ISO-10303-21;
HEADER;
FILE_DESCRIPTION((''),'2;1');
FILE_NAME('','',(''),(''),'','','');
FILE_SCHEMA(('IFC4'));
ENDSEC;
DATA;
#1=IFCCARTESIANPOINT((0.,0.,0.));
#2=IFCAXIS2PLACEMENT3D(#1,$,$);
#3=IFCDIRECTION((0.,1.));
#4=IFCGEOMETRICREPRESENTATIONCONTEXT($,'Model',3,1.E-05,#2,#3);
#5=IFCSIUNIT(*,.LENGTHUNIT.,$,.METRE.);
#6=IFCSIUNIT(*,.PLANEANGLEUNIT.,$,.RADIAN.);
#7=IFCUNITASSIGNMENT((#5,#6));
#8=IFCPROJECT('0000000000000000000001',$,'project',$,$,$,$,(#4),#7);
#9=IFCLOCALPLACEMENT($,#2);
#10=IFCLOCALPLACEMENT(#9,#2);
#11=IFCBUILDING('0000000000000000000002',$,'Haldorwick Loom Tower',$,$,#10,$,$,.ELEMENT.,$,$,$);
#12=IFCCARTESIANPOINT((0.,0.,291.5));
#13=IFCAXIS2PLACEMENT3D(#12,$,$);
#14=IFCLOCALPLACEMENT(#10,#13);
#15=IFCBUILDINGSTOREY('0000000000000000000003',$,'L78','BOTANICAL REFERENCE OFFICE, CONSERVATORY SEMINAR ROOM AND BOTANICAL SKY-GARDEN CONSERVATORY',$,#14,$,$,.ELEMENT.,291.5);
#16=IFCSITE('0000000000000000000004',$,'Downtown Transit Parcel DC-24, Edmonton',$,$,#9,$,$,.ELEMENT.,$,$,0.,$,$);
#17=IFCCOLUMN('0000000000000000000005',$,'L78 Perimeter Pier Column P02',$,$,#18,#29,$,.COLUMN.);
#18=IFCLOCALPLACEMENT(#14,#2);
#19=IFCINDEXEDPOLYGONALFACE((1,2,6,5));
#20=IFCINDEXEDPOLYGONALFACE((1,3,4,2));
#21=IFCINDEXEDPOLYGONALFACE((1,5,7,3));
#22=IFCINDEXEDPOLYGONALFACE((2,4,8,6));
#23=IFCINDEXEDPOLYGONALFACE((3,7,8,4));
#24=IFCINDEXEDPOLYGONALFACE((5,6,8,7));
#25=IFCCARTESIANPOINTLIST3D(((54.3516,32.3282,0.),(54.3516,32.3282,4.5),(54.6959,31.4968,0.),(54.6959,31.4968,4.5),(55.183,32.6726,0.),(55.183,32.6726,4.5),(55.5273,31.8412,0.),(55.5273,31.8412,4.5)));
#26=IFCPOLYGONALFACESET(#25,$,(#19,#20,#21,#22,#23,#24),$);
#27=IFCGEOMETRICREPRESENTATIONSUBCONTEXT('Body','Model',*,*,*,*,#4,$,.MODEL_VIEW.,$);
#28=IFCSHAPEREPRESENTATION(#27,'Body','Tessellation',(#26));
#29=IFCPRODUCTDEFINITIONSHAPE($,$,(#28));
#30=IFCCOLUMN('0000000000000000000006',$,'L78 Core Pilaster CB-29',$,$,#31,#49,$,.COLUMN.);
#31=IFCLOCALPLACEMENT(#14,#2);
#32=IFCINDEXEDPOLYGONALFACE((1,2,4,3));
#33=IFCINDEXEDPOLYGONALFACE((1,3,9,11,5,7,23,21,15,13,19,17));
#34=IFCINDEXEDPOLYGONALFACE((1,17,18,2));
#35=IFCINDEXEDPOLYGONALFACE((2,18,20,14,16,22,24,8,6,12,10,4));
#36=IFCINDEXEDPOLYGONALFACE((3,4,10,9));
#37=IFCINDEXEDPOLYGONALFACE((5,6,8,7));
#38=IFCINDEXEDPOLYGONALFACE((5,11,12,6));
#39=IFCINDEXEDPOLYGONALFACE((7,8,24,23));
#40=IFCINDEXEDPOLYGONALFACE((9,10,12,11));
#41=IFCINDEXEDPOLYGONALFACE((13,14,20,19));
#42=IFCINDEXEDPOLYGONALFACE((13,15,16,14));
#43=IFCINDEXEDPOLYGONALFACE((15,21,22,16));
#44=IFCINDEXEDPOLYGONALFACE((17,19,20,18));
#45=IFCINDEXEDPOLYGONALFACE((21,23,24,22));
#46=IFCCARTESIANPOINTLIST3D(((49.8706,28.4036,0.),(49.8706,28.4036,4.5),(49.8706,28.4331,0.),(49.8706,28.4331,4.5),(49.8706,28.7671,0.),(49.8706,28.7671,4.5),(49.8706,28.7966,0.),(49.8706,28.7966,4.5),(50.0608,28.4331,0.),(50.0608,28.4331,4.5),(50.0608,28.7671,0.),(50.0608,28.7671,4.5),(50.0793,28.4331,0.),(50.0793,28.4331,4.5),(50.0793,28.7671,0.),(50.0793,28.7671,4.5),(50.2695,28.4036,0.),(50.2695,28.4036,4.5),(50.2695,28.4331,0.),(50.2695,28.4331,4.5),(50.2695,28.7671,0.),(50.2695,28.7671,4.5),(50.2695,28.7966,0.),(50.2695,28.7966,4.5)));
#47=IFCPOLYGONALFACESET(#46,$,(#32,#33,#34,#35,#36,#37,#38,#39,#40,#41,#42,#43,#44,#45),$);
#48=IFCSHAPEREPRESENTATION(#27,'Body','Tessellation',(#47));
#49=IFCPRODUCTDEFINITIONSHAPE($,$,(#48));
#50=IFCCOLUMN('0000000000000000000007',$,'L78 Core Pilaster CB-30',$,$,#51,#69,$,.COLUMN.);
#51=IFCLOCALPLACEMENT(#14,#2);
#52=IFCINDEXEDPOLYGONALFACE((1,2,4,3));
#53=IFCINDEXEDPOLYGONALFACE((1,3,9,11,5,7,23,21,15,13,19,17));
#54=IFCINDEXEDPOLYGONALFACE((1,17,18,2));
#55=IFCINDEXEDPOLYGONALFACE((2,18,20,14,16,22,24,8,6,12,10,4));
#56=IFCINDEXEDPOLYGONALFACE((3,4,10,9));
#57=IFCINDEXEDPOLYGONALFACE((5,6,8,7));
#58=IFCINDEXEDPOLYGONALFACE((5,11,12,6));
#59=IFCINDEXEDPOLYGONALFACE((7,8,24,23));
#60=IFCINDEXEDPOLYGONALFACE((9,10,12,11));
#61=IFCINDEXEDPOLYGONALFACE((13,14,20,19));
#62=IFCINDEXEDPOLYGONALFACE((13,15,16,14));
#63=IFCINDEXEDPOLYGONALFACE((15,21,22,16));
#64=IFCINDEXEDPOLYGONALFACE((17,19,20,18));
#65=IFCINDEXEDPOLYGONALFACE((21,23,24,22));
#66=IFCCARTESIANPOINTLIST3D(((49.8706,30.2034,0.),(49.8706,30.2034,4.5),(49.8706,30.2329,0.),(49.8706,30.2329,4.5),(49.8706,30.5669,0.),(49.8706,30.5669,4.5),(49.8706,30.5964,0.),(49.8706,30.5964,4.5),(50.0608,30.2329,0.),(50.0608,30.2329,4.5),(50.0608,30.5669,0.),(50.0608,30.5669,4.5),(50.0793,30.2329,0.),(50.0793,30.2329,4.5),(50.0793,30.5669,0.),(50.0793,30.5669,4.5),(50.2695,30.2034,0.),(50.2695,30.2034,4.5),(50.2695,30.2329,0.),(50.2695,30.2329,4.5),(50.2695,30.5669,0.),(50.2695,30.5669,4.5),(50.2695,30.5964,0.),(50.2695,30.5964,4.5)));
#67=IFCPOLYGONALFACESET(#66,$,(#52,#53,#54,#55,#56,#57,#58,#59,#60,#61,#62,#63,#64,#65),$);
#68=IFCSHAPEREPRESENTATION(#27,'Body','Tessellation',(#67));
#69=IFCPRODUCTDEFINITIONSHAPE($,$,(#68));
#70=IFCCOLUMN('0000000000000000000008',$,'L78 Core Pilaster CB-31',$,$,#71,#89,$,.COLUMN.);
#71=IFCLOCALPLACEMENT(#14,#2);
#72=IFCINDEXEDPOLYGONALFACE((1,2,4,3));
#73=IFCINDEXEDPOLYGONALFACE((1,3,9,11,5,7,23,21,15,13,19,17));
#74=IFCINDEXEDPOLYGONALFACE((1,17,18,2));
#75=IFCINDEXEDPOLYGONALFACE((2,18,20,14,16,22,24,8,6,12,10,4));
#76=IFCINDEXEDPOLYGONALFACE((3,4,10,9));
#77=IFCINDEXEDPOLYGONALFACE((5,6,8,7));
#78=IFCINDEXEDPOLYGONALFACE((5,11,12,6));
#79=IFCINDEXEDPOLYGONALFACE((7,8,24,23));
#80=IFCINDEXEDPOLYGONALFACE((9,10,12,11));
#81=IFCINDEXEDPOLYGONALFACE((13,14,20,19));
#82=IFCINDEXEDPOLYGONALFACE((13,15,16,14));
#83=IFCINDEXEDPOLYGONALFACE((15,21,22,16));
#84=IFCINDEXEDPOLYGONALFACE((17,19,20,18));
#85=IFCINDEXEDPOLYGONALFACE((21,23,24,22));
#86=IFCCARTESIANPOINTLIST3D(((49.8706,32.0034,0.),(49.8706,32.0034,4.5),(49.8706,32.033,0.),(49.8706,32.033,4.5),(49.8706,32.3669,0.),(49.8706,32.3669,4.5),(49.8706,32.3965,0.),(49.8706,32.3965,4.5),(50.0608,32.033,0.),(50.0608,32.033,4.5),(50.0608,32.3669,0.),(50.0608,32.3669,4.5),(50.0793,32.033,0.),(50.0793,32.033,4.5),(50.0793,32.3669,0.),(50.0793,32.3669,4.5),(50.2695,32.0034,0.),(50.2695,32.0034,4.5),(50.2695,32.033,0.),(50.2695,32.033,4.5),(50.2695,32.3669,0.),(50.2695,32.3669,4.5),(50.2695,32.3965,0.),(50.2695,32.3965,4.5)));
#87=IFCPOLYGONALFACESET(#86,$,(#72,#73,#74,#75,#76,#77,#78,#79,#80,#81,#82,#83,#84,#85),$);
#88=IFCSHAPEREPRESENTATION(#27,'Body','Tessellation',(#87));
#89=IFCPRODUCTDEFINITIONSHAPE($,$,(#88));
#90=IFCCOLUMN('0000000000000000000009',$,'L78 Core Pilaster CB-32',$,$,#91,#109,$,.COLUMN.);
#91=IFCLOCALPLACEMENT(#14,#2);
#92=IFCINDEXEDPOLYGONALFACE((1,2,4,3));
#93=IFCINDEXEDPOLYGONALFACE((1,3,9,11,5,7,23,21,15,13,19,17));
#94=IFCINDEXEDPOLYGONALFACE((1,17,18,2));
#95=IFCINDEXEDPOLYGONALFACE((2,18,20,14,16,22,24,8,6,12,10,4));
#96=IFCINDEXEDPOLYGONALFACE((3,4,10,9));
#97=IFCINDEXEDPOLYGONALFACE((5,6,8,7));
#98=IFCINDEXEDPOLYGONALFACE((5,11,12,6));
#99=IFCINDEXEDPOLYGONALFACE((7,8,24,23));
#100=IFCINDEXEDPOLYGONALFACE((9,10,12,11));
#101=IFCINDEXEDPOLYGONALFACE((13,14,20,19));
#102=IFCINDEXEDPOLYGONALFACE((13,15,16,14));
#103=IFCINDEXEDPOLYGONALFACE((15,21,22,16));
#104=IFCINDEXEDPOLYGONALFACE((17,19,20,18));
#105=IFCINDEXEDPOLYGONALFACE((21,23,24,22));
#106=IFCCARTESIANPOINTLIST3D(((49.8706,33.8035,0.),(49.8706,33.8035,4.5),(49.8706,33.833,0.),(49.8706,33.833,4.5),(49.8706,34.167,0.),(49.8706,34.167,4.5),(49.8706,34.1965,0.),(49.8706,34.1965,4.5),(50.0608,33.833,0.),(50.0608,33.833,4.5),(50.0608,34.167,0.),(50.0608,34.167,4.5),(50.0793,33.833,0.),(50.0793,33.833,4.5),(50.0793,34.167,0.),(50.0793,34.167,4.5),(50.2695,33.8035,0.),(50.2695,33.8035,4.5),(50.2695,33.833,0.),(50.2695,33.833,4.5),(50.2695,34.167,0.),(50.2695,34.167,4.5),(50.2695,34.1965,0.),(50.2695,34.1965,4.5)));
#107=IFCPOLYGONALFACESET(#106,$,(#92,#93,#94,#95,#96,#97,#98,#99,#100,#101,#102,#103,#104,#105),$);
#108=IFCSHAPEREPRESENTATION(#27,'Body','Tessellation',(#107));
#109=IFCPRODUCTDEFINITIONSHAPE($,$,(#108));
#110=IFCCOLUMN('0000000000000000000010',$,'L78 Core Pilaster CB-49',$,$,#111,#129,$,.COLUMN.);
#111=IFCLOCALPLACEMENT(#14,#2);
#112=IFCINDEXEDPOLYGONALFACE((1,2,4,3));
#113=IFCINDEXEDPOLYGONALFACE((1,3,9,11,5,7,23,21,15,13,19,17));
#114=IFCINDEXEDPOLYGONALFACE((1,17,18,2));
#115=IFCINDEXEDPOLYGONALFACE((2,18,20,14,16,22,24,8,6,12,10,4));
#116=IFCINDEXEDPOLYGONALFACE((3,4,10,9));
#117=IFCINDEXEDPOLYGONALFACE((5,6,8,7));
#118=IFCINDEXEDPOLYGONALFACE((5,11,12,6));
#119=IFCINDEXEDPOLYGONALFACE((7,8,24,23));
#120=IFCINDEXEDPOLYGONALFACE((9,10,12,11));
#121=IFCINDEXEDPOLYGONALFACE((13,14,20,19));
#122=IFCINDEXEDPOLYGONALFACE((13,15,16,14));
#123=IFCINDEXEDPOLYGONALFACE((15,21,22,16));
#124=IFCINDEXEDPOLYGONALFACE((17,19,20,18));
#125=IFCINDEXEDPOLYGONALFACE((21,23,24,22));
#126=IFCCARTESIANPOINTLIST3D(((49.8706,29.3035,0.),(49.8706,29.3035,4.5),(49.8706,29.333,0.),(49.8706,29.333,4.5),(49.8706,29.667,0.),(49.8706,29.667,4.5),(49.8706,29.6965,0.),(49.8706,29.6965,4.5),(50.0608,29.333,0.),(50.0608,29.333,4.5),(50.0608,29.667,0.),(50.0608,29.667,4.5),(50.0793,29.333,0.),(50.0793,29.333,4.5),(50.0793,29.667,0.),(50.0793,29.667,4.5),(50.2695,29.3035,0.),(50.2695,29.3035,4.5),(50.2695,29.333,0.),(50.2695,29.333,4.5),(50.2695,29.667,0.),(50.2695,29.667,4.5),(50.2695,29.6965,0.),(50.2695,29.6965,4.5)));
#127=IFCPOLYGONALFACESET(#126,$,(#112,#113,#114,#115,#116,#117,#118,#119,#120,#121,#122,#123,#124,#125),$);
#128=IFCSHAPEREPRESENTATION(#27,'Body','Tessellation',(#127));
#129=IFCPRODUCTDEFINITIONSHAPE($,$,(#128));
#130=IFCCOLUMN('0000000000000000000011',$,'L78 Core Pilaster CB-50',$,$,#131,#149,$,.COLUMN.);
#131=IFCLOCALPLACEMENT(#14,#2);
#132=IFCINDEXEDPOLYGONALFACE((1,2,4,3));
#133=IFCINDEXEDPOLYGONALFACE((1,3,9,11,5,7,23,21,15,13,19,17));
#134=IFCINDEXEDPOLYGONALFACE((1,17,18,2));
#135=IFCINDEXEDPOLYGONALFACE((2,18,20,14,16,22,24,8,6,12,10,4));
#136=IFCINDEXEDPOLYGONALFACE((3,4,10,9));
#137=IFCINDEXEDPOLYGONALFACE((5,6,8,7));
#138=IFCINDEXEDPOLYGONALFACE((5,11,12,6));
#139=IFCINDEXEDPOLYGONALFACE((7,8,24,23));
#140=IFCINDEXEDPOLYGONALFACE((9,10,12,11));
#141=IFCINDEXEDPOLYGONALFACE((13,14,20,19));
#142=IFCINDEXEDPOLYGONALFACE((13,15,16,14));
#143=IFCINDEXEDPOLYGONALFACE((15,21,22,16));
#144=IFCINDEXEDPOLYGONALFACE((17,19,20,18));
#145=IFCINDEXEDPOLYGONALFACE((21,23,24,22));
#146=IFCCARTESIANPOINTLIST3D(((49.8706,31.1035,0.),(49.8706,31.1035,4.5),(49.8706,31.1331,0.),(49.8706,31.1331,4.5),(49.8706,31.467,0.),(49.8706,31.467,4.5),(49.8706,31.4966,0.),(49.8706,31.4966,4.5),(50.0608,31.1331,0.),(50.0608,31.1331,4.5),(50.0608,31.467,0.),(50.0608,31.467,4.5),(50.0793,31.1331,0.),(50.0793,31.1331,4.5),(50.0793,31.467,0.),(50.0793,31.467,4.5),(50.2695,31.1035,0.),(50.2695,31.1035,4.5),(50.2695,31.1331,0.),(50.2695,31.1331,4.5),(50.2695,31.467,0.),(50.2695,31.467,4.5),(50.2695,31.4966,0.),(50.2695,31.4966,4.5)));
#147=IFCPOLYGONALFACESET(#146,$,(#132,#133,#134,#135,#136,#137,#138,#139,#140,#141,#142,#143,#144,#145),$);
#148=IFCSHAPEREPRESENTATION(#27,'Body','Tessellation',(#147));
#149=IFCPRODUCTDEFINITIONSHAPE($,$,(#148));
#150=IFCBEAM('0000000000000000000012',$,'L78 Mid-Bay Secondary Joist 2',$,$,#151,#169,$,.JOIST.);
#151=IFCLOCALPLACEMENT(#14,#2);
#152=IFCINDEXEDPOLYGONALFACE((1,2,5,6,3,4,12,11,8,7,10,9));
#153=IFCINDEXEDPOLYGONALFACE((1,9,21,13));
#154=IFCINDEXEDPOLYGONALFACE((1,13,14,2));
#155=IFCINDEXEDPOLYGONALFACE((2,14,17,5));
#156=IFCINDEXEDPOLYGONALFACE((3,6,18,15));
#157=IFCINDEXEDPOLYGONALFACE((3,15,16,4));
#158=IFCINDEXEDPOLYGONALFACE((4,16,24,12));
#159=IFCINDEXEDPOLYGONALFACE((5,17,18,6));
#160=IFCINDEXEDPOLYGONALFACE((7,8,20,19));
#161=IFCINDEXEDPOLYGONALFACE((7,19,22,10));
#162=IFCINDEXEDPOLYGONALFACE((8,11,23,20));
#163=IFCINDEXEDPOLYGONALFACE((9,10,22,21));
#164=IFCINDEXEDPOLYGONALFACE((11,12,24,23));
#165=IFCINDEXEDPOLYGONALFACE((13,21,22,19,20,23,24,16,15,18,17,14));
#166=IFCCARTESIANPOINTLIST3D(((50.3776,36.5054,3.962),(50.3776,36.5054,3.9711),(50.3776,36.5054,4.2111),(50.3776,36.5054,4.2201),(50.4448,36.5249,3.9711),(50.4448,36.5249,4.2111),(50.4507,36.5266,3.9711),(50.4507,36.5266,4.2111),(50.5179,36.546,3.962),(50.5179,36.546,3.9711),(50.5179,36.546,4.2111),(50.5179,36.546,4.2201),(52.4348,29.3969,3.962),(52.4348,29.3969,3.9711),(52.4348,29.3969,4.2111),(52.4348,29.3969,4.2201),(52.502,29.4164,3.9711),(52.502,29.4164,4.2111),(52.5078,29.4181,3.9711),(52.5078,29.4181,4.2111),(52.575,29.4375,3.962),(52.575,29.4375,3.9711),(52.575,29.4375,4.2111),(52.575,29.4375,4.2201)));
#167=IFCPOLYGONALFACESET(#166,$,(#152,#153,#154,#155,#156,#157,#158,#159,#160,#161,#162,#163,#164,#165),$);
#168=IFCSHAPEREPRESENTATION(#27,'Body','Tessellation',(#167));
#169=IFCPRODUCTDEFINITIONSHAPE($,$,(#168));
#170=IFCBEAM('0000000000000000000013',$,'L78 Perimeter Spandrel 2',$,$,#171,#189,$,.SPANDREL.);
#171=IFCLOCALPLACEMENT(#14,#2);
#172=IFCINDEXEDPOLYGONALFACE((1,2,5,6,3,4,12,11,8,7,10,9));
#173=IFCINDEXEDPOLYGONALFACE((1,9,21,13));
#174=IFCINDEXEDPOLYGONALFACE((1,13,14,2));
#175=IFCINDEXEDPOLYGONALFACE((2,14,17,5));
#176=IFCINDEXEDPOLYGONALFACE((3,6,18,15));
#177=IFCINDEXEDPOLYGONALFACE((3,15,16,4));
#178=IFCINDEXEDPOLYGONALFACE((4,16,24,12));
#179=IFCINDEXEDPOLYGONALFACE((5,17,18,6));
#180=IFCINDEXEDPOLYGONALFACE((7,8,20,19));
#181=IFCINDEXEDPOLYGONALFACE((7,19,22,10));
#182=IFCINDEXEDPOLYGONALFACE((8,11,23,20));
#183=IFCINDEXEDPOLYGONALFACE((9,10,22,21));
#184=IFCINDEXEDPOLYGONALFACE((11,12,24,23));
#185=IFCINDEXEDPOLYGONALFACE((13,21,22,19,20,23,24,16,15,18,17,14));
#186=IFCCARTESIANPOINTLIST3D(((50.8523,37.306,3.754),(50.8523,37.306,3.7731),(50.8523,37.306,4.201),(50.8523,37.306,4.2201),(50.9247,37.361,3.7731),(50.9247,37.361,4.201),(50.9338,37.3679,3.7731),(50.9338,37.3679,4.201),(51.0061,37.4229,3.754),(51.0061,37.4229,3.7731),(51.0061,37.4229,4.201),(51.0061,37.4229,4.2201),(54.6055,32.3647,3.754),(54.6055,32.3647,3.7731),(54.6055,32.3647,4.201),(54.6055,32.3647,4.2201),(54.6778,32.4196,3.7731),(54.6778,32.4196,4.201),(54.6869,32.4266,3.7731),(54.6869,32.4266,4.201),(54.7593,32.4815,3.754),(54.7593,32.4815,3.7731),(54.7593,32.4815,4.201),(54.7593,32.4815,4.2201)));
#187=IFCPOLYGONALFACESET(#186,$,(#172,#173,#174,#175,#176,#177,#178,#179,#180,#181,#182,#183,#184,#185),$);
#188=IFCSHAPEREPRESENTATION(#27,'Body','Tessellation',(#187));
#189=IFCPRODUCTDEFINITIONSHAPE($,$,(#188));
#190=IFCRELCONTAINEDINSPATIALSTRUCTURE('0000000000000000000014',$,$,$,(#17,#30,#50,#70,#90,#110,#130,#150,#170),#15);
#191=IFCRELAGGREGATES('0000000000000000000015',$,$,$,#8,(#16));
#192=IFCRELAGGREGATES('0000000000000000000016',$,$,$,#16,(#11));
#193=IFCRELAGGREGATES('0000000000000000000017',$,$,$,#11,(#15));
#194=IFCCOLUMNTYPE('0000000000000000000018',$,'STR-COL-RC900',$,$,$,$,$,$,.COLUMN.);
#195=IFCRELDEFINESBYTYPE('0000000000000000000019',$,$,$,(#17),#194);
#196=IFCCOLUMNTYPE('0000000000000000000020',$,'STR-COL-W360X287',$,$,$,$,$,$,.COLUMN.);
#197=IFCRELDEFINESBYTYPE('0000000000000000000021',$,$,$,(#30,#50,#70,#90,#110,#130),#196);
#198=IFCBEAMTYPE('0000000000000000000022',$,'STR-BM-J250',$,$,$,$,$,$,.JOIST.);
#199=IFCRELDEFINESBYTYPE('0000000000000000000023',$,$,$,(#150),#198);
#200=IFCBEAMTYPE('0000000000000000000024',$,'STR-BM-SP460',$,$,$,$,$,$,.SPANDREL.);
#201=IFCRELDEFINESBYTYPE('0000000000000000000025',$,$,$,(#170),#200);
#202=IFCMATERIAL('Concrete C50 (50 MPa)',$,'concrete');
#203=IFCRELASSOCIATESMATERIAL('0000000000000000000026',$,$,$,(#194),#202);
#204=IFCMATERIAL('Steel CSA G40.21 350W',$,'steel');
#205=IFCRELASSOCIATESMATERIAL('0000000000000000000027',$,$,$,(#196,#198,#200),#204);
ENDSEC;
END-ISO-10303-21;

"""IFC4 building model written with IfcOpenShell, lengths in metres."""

from ifc_helpers import new_model, si_unit, direction, frame, origin, origin_2d, place, context, subcontext, project, spatial, rectangle, i_section, extrude, material, material_profile, profile_set, type_object, element, save


model = new_model("IFC4")

# Units and contexts
model_context = context("Model", 3, precision=1e-05, world=origin(), true_north=direction((0.0, 1.0)))
body_context = subcontext(model_context, "Body", "Model", "MODEL_VIEW")
ifc_project = project(units=[si_unit("LENGTHUNIT", "METRE"), si_unit("PLANEANGLEUNIT", "RADIAN")], contexts=[model_context])

# Site, building, storey
site_placement = place(None, origin())
site = spatial("IfcSite", under=ifc_project, at=site_placement, Name="Downtown Transit Parcel DC-24, Edmonton", CompositionType="ELEMENT", RefElevation=0.0)
building_placement = place(site_placement, origin())
building = spatial("IfcBuilding", under=site, at=building_placement, Name="Haldorwick Loom Tower", CompositionType="ELEMENT")
storey_placement = place(building_placement, frame((0.0, 0.0, 291.5)))
storey = spatial("IfcBuildingStorey", under=building, at=storey_placement, Name="L78", Description="BOTANICAL REFERENCE OFFICE, CONSERVATORY SEMINAR ROOM AND BOTANICAL SKY-GARDEN CONSERVATORY", CompositionType="ELEMENT", Elevation=291.5)

# Columns
ifc_material_1 = material(Name="Concrete C50 (50 MPa)", Category="concrete")
ifc_material_profile_1 = material_profile(ifc_material_1, rectangle(XDim=0.8999, YDim=0.8999, at=origin_2d()), Name="RC900X900", Category="concrete")
ifc_profile_set_1 = profile_set([ifc_material_profile_1], Name="Concrete C50 (50 MPa)")
column_type_1 = type_object("IfcColumnType", Name="STR-COL-RC900", PredefinedType="COLUMN", material=ifc_profile_set_1)
column_placement = place(storey_placement, frame((54.9395, 32.0847, 0.0), z_axis=(0.0, 0.0, 1.0), x_axis=(0.92388, 0.382683, 0.0)))
element("IfcColumn", 1, at=column_placement, inside=storey, type_object=column_type_1, Name="L78 Perimeter Pier Column P02", PredefinedType="COLUMN", context=body_context, shape_type="SweptSolid", body=[
    extrude(rectangle(XDim=0.8999, YDim=0.8999, at=origin_2d()), origin(), (0.0, 0.0, 1.0), 4.5),
])
ifc_material_2 = material(Name="Steel CSA G40.21 350W", Category="steel")
ifc_material_profile_2 = material_profile(ifc_material_2, i_section(OverallWidth=0.3989, OverallDepth=0.3931, WebThickness=0.0186, FlangeThickness=0.0295, at=origin_2d()), Name="W360X287", Category="steel")
ifc_profile_set_2 = profile_set([ifc_material_profile_2], Name="Steel CSA G40.21 350W")
column_type_2 = type_object("IfcColumnType", Name="STR-COL-W360X287", PredefinedType="COLUMN", material=ifc_profile_set_2)
for number, where, z_axis, x_axis, name in (
    (2, (50.0701, 28.6001, 0.0), (0.0, 0.0, 1.0), (1.0, 0.0, 0.0), "L78 Core Pilaster CB-29"),
    (3, (50.0701, 30.3999, 0.0), (0.0, 0.0, 1.0), (1.0, 0.0, 0.0), "L78 Core Pilaster CB-30"),
    (4, (50.0701, 32.2, 0.0), (0.0, 0.0, 1.0), (1.0, 0.0, 0.0), "L78 Core Pilaster CB-31"),
    (5, (50.0701, 34.0, 0.0), (0.0, 0.0, 1.0), (1.0, 0.0, 0.0), "L78 Core Pilaster CB-32"),
    (6, (50.0701, 29.5, 0.0), (0.0, 0.0, 1.0), (1.0, 0.0, 0.0), "L78 Core Pilaster CB-49"),
    (7, (50.0701, 31.3, 0.0), (0.0, 0.0, 1.0), (1.0, 0.0, 0.0), "L78 Core Pilaster CB-50"),
):
    element("IfcColumn", number, at=place(storey_placement, frame(where, z_axis=z_axis, x_axis=x_axis)), inside=storey, type_object=column_type_2, Name=name, PredefinedType="COLUMN", context=body_context, shape_type="SweptSolid", body=[
        extrude(i_section(OverallWidth=0.3989, OverallDepth=0.3931, WebThickness=0.0186, FlangeThickness=0.0295, at=origin_2d()), origin(), (0.0, 0.0, 1.0), 4.5),
    ])

# Beams
ifc_material_profile_3 = material_profile(ifc_material_2, i_section(OverallWidth=0.146, OverallDepth=0.2581, WebThickness=0.0061, FlangeThickness=0.009, at=origin_2d()), Name="W250X33", Category="steel")
ifc_profile_set_3 = profile_set([ifc_material_profile_3], Name="Steel CSA G40.21 350W")
beam_type_1 = type_object("IfcBeamType", Name="STR-BM-J250", PredefinedType="JOIST", material=ifc_profile_set_3)
beam_1_placement = place(storey_placement, frame((52.5049, 29.4172, 4.0911), z_axis=(-0.277988, 0.960585, 0.0), x_axis=(-0.960585, -0.277988, 0.0)))
element("IfcBeam", 8, at=beam_1_placement, inside=storey, type_object=beam_type_1, Name="L78 Mid-Bay Secondary Joist 2", PredefinedType="JOIST", context=body_context, shape_type="SweptSolid", body=[
    extrude(i_section(OverallWidth=0.146, OverallDepth=0.2581, WebThickness=0.0061, FlangeThickness=0.009, at=origin_2d()), origin(), (0.0, 0.0, 1.0), 7.4001),
])
ifc_material_profile_4 = material_profile(ifc_material_2, i_section(OverallWidth=0.1931, OverallDepth=0.4661, WebThickness=0.0115, FlangeThickness=0.019, at=origin_2d()), Name="W460X97", Category="steel")
ifc_profile_set_4 = profile_set([ifc_material_profile_4], Name="Steel CSA G40.21 350W")
beam_type_2 = type_object("IfcBeamType", Name="STR-BM-SP460", PredefinedType="SPANDREL", material=ifc_profile_set_4)
beam_2_placement = place(storey_placement, frame((54.6824, 32.4231, 3.9871), z_axis=(-0.604849, 0.79634, 0.0), x_axis=(-0.79634, -0.604849, 0.0)))
element("IfcBeam", 9, at=beam_2_placement, inside=storey, type_object=beam_type_2, Name="L78 Perimeter Spandrel 2", PredefinedType="SPANDREL", context=body_context, shape_type="SweptSolid", body=[
    extrude(i_section(OverallWidth=0.1931, OverallDepth=0.4661, WebThickness=0.0115, FlangeThickness=0.019, at=origin_2d()), origin(), (0.0, 0.0, 1.0), 6.2051),
])

save(model, "model.ifc")
